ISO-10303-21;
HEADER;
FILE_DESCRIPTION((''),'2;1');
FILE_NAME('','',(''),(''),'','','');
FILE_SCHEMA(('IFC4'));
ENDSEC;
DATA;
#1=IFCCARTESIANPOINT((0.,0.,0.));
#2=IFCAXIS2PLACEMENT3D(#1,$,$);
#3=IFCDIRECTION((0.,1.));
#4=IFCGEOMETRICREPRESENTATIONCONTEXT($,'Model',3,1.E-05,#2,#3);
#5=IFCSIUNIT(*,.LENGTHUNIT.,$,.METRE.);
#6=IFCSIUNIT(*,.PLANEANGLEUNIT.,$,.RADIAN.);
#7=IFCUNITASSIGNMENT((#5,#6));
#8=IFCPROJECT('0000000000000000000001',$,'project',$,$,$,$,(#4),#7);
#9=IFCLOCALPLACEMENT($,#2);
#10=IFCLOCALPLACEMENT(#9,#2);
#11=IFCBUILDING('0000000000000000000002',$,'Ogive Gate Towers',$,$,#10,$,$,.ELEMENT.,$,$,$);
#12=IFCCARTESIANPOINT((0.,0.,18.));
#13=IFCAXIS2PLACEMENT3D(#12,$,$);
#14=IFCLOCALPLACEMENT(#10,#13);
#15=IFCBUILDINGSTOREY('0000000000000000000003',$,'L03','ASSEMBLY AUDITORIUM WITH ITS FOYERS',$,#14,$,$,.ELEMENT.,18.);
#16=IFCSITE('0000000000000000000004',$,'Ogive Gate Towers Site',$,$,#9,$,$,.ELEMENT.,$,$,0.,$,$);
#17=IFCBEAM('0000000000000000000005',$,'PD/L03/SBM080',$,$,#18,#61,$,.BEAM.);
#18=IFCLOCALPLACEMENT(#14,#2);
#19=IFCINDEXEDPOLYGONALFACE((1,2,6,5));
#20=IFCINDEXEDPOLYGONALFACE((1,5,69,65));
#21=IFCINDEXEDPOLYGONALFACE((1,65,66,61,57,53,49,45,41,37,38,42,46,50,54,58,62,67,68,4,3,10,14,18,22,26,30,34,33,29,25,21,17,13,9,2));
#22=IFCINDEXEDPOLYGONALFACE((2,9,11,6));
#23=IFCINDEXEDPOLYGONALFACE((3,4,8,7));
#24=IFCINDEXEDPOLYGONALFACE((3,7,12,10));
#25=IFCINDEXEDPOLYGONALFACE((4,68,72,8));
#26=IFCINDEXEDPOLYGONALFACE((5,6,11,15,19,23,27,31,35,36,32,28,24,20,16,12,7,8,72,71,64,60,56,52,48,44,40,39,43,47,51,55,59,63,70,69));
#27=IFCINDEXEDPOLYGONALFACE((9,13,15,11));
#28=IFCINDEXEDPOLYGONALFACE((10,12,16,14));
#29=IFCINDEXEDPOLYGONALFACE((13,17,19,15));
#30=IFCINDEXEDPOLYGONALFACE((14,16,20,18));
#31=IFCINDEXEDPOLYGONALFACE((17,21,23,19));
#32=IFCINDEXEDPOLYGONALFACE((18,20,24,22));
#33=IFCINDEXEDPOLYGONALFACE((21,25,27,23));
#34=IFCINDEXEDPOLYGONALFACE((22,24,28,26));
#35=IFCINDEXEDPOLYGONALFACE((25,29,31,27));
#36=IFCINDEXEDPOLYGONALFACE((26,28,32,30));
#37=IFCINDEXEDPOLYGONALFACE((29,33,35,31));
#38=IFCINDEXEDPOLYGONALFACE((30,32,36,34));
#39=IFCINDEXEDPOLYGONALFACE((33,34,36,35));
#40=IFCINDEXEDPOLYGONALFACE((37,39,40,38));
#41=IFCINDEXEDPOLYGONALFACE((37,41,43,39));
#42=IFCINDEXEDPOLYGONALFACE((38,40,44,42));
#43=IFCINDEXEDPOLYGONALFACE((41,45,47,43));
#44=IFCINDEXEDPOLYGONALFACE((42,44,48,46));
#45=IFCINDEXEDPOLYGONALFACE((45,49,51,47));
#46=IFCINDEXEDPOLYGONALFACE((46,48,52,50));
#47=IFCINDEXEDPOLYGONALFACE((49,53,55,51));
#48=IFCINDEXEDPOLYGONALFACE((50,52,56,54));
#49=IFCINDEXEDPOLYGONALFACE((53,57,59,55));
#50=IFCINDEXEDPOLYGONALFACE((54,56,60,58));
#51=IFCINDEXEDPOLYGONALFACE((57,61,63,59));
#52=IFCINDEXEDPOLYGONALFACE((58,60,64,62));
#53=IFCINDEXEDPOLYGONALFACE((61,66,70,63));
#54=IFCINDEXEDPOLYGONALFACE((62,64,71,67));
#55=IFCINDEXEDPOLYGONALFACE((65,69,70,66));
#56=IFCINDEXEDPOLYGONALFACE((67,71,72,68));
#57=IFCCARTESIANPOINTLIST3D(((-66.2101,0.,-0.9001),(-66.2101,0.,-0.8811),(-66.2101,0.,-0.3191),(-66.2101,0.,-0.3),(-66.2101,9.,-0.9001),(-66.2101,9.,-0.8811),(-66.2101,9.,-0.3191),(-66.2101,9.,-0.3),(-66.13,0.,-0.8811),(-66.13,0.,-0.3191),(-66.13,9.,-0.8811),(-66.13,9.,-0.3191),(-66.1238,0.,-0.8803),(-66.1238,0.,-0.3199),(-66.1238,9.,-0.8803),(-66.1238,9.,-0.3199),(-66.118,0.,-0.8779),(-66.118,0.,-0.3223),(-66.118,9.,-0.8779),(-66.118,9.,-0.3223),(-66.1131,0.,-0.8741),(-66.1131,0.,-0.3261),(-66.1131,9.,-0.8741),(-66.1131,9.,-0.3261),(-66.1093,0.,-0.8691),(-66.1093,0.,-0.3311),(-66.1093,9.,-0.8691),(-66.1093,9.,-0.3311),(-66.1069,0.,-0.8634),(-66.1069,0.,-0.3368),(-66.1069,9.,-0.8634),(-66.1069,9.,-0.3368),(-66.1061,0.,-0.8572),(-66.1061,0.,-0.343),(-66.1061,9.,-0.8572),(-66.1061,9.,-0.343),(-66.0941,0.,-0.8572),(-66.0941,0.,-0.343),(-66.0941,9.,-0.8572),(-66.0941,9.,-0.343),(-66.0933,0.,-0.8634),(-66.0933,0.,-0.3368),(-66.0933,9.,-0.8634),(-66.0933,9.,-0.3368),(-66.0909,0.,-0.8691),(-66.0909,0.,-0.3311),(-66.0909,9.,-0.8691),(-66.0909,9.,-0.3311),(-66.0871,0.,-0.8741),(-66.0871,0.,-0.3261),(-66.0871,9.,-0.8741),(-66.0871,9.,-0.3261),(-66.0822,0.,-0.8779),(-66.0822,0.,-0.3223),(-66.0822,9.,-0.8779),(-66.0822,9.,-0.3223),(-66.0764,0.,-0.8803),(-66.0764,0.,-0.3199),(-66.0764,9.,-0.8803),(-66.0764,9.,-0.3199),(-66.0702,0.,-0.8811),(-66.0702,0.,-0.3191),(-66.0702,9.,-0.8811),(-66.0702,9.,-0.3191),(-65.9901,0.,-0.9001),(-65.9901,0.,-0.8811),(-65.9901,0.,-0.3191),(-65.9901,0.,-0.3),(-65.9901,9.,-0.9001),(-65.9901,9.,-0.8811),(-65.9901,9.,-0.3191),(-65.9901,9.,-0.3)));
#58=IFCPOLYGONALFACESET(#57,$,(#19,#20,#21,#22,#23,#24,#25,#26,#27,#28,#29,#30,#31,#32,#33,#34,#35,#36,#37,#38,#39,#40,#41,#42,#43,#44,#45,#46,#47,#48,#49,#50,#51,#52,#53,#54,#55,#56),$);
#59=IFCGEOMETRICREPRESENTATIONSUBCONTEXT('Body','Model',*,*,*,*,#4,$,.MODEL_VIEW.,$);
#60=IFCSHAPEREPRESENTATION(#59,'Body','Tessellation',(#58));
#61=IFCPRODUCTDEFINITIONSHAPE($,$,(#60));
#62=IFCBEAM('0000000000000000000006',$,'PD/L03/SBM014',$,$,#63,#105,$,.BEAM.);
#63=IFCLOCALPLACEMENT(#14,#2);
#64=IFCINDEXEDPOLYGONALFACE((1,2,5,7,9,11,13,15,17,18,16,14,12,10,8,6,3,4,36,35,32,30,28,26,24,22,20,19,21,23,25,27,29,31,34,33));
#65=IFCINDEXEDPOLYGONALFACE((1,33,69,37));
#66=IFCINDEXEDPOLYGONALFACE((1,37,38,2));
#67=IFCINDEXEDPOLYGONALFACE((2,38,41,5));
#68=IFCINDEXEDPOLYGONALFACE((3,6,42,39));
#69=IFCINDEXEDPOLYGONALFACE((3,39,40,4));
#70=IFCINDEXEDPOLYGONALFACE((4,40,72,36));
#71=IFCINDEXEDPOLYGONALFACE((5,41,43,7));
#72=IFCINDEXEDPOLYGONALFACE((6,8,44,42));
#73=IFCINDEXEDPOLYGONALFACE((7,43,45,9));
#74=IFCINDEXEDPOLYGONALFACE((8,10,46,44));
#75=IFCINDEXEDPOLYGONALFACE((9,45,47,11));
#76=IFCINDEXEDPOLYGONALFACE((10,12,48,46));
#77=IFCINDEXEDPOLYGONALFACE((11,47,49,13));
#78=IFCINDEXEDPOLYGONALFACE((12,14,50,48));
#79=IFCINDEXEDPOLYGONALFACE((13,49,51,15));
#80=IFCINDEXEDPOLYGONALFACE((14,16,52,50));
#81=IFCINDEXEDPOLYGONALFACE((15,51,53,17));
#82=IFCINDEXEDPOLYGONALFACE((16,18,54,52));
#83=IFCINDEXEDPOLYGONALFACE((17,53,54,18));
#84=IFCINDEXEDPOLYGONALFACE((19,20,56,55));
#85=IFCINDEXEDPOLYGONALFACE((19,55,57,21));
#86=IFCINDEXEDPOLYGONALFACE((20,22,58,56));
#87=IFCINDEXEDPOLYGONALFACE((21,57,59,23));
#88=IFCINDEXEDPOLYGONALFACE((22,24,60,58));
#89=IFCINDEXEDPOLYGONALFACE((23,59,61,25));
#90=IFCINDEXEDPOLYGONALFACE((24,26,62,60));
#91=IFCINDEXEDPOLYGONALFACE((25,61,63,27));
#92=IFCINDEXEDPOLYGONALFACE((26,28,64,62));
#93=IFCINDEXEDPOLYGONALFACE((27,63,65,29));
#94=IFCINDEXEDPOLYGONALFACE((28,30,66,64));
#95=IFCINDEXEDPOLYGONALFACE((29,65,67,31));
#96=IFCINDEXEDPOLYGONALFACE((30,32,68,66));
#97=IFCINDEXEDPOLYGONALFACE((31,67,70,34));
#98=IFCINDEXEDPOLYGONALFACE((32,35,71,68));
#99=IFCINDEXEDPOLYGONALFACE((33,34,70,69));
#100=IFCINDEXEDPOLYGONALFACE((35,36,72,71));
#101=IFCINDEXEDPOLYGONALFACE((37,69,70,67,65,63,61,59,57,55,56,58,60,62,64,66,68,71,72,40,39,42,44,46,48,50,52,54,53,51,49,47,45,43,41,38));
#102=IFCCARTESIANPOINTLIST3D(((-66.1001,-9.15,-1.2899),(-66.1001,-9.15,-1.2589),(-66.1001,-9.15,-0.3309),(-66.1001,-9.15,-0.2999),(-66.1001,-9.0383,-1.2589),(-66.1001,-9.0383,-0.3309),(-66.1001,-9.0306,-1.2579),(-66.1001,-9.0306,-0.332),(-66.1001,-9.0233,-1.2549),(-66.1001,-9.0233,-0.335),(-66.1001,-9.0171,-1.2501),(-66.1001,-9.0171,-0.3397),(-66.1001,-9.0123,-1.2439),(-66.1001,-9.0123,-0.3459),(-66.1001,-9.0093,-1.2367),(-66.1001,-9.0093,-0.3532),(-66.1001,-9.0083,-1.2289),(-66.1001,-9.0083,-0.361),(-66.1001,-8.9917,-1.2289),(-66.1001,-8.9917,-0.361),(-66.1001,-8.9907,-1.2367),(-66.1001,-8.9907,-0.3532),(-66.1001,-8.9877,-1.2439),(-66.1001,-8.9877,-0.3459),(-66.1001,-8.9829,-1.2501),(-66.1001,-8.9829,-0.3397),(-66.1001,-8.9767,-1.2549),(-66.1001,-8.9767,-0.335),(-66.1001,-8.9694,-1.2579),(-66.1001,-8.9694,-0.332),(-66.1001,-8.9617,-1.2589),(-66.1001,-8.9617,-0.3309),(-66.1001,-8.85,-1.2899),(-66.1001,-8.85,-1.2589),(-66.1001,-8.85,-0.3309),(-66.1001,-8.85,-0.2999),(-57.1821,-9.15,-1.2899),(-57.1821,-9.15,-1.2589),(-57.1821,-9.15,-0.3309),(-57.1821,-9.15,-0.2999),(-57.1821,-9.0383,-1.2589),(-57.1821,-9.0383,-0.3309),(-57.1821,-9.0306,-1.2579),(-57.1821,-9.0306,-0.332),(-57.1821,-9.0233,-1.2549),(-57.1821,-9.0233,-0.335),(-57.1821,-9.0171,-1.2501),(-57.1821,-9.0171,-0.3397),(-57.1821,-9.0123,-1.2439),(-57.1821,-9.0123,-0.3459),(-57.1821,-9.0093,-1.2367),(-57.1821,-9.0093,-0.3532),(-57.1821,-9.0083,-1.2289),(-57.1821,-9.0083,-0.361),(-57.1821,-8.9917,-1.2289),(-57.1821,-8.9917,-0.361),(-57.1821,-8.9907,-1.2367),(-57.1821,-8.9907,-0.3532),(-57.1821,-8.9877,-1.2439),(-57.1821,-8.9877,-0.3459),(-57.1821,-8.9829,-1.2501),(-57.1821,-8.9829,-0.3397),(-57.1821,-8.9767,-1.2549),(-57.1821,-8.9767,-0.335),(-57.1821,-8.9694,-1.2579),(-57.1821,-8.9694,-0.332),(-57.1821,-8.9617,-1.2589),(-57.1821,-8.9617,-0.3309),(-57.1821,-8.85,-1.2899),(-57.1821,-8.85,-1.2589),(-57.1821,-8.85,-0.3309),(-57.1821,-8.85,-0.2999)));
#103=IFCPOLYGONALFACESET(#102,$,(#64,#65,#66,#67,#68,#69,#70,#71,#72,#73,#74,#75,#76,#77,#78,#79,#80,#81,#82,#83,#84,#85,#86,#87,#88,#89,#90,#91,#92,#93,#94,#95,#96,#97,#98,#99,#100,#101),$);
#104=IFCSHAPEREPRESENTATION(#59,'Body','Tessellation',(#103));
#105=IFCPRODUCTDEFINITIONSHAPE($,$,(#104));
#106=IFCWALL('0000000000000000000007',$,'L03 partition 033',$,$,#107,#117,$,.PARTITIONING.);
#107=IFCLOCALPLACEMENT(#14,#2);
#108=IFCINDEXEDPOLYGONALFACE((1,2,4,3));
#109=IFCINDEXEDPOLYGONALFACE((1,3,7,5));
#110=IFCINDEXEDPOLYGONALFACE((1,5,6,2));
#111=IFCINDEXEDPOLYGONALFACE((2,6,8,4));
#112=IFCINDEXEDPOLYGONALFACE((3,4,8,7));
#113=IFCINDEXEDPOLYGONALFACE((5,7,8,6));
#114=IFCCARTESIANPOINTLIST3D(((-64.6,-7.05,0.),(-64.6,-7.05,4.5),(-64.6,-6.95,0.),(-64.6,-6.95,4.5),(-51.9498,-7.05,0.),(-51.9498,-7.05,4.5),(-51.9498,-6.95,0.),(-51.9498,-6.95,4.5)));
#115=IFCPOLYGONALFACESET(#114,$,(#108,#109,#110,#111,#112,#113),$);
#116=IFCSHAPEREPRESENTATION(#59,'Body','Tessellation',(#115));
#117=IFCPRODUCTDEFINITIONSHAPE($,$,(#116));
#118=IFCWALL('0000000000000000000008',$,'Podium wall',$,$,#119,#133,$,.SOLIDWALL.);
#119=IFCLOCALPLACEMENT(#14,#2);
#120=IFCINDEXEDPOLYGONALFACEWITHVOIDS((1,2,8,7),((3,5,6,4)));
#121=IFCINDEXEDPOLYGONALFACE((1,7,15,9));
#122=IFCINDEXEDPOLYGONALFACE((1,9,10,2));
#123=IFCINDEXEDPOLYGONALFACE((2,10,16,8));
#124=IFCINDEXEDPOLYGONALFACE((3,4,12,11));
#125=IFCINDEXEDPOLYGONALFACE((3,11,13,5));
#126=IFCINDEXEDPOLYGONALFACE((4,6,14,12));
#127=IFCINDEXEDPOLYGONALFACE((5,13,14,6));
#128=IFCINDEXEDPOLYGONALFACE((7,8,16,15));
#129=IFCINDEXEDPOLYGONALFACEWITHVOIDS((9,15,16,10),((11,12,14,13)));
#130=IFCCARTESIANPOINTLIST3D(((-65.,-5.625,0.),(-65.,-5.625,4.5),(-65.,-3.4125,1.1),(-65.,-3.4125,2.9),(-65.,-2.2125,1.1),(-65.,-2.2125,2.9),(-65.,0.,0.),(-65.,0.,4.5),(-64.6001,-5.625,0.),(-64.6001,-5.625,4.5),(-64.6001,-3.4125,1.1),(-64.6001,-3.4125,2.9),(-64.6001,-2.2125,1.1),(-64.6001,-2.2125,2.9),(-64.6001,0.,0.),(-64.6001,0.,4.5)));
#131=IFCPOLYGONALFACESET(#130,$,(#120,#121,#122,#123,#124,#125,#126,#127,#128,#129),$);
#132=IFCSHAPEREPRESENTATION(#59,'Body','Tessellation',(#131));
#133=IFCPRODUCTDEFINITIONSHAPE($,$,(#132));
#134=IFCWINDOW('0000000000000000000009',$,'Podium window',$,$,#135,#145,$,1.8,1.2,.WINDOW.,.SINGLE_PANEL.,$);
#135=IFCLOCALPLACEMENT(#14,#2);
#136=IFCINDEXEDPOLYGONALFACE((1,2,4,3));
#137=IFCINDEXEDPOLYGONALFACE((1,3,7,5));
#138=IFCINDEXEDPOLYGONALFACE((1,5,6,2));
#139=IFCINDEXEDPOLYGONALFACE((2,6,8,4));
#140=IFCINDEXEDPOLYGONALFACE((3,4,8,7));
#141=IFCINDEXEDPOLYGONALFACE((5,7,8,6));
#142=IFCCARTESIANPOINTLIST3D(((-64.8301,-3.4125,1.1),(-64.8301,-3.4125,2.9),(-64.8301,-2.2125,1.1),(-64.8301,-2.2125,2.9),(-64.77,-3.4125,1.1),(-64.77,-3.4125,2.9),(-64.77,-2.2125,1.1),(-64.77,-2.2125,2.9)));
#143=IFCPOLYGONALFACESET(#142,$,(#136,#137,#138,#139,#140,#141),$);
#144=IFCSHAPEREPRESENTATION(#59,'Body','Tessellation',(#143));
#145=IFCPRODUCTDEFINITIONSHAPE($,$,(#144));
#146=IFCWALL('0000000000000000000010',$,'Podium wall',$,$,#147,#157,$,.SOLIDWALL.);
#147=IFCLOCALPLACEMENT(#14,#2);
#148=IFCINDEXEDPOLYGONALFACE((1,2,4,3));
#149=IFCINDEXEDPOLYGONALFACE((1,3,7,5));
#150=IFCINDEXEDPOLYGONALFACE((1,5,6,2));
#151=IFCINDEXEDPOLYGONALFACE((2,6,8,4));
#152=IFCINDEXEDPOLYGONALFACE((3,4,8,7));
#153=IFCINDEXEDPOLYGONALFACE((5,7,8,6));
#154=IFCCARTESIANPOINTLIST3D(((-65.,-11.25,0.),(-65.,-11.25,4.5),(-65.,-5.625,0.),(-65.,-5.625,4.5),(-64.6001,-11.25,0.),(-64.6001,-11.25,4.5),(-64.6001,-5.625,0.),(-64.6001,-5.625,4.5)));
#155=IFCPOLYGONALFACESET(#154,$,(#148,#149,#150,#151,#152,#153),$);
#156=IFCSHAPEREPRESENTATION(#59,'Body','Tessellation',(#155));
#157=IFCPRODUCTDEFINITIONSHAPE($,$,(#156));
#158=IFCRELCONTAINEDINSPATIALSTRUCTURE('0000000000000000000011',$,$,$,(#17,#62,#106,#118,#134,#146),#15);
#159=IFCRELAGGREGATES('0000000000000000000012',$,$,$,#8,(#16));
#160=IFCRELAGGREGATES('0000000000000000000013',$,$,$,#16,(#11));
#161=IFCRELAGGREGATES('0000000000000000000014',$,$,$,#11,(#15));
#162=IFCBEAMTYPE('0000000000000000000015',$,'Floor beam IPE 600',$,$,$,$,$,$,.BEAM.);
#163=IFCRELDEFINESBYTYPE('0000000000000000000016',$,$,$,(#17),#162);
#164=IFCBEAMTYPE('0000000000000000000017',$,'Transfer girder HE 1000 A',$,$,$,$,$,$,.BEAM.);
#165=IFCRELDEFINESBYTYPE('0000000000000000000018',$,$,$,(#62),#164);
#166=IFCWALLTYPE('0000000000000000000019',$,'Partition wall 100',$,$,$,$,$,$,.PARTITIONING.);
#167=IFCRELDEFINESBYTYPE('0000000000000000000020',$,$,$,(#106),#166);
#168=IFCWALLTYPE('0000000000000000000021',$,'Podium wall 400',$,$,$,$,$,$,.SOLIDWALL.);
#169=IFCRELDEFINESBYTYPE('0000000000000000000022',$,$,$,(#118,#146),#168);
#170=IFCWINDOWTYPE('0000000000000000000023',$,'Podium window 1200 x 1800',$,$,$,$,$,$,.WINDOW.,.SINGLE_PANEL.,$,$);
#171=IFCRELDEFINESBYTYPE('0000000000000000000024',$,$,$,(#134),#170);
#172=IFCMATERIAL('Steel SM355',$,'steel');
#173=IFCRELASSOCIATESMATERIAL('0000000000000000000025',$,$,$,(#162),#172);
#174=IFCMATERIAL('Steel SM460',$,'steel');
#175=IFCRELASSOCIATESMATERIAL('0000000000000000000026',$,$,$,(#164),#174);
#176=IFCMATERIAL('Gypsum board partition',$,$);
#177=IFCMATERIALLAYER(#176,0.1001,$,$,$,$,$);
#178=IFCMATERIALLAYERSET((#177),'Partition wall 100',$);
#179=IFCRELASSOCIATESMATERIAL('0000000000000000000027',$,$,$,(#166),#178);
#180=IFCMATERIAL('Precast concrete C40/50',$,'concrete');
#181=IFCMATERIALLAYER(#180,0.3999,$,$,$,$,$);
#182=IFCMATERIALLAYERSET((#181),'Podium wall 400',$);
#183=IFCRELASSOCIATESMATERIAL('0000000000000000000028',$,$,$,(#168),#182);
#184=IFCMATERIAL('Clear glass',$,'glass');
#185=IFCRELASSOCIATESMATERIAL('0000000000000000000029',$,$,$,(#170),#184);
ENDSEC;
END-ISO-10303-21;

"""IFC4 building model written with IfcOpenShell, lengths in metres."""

from ifc_helpers import new_model, si_unit, direction, frame, frame_2d, origin, origin_2d, place, context, subcontext, project, spatial, rectangle, i_section, extrude, material, layer, layer_set, material_profile, profile_set, type_object, element, fill, save


model = new_model("IFC4")

# Units and contexts
model_context = context("Model", 3, precision=1e-05, world=origin(), true_north=direction((0.0, 1.0)))
body_context = subcontext(model_context, "Body", "Model", "MODEL_VIEW")
ifc_project = project(units=[si_unit("LENGTHUNIT", "METRE"), si_unit("PLANEANGLEUNIT", "RADIAN")], contexts=[model_context])

# Site, building, storey
site_placement = place(None, origin())
site = spatial("IfcSite", under=ifc_project, at=site_placement, Name="Ogive Gate Towers Site", CompositionType="ELEMENT", RefElevation=0.0)
building_placement = place(site_placement, origin())
building = spatial("IfcBuilding", under=site, at=building_placement, Name="Ogive Gate Towers", CompositionType="ELEMENT")
storey_placement = place(building_placement, frame((0.0, 0.0, 18.0)))
storey = spatial("IfcBuildingStorey", under=building, at=storey_placement, Name="L03", Description="ASSEMBLY AUDITORIUM WITH ITS FOYERS", CompositionType="ELEMENT", Elevation=18.0)

# Beams
ifc_material_1 = material(Name="Steel SM355", Category="steel")
ifc_material_profile_1 = material_profile(ifc_material_1, i_section(OverallWidth=0.22, OverallDepth=0.6001, WebThickness=0.012, FlangeThickness=0.019, FilletRadius=0.0239, at=origin_2d()), Name="IPE 600")
ifc_profile_set_1 = profile_set([ifc_material_profile_1], Name="Steel SM355")
beam_type_1 = type_object("IfcBeamType", Name="Floor beam IPE 600", PredefinedType="BEAM", material=ifc_profile_set_1)
for number, where, z_axis, x_axis, name in (
    (1, (-66.1001, 0.0, -0.6001), (0.0, 1.0, 0.0), (-1.0, 0.0, 0.0), "PD/L03/SBM080"),
):
    element("IfcBeam", number, at=place(storey_placement, frame(where, z_axis=z_axis, x_axis=x_axis)), inside=storey, type_object=beam_type_1, Name=name, PredefinedType="BEAM", context=body_context, shape_type="SweptSolid", body=[
        extrude(i_section(OverallWidth=0.22, OverallDepth=0.6001, WebThickness=0.012, FlangeThickness=0.019, FilletRadius=0.0239, at=origin_2d()), origin(), (0.0, 0.0, 1.0), 9.0),
    ])
ifc_material_2 = material(Name="Steel SM460", Category="steel")
ifc_material_profile_2 = material_profile(ifc_material_2, i_section(OverallWidth=0.3, OverallDepth=0.99, WebThickness=0.0166, FlangeThickness=0.031, FilletRadius=0.03, at=origin_2d()), Name="HE 1000 A")
ifc_profile_set_2 = profile_set([ifc_material_profile_2], Name="Steel SM460")
beam_type_2 = type_object("IfcBeamType", Name="Transfer girder HE 1000 A", PredefinedType="BEAM", material=ifc_profile_set_2)
beam_1_placement = place(storey_placement, frame((-66.1001, -9.0, -0.7949), z_axis=(1.0, 0.0, 0.0), x_axis=(0.0, 1.0, 0.0)))
element("IfcBeam", 2, at=beam_1_placement, inside=storey, type_object=beam_type_2, Name="PD/L03/SBM014", PredefinedType="BEAM", context=body_context, shape_type="SweptSolid", body=[
    extrude(i_section(OverallWidth=0.3, OverallDepth=0.99, WebThickness=0.0166, FlangeThickness=0.031, FilletRadius=0.03, at=origin_2d()), origin(), (0.0, 0.0, 1.0), 8.918),
])

# Wall
ifc_material_3 = material(Name="Gypsum board partition")
ifc_layer_1 = layer(ifc_material_3, 0.1001)
ifc_layer_set_1 = layer_set([ifc_layer_1], Name="Partition wall 100")
wall_type_1 = type_object("IfcWallType", Name="Partition wall 100", PredefinedType="PARTITIONING", material=ifc_layer_set_1)
wall_1_placement = place(storey_placement, frame((-64.6001, -7.0, 0.0), z_axis=(0.0, 0.0, 1.0), x_axis=(1.0, 0.0, 0.0)))
element("IfcWall", 3, at=wall_1_placement, inside=storey, type_object=wall_type_1, Name="L03 partition 033", PredefinedType="PARTITIONING", context=body_context, shape_type="SweptSolid", body=[
    extrude(rectangle(XDim=12.6501, YDim=0.1001, at=frame_2d((6.3252, 0.0))), origin(), (0.0, 0.0, 1.0), 4.5),
])

# Shared definitions
ifc_material_4 = material(Name="Precast concrete C40/50", Category="concrete")
ifc_layer_2 = layer(ifc_material_4, 0.3999)
ifc_layer_set_2 = layer_set([ifc_layer_2], Name="Podium wall 400")
wall_type_2 = type_object("IfcWallType", Name="Podium wall 400", PredefinedType="SOLIDWALL", material=ifc_layer_set_2)

# Wall, opening, window
wall_2_placement = place(storey_placement, frame((-64.8, 0.0, 0.0), z_axis=(0.0, 0.0, 1.0), x_axis=(0.0, -1.0, 0.0)))
wall_2 = element("IfcWall", 4, at=wall_2_placement, inside=storey, type_object=wall_type_2, Name="Podium wall", PredefinedType="SOLIDWALL", context=body_context, shape_type="SweptSolid", body=[
    extrude(rectangle(XDim=5.625, YDim=0.3999, at=frame_2d((2.8125, 0.0))), origin(), (0.0, 0.0, 1.0), 4.5),
])
opening_1_placement = place(wall_2_placement, frame((2.2124, 0.0, 1.1001)))
opening_1 = element("IfcOpeningElement", 5, at=opening_1_placement, cuts=wall_2, PredefinedType="OPENING", context=body_context, shape_type="SweptSolid", body=[
    extrude(rectangle(XDim=1.2, YDim=1.8, at=frame_2d((0.6001, 0.8999))), frame((0.0, 0.21, 0.0), z_axis=(0.0, -1.0, 0.0), x_axis=(1.0, 0.0, 0.0)), (0.0, 0.0, 1.0), 0.4199),
])
ifc_material_5 = material(Name="Clear glass", Category="glass")
window_type = type_object("IfcWindowType", Name="Podium window 1200 x 1800", PartitioningType="SINGLE_PANEL", PredefinedType="WINDOW", material=ifc_material_5)
window_placement = place(opening_1_placement, origin())
window = element("IfcWindow", 6, at=window_placement, inside=storey, type_object=window_type, Name="Podium window", OverallHeight=1.8, OverallWidth=1.2, PartitioningType="SINGLE_PANEL", PredefinedType="WINDOW", context=body_context, shape_type="SweptSolid", body=[
    extrude(rectangle(XDim=1.2, YDim=1.8, at=frame_2d((0.6001, 0.8999))), frame((0.0, 0.03, 0.0), z_axis=(0.0, -1.0, 0.0), x_axis=(1.0, 0.0, 0.0)), (0.0, 0.0, 1.0), 0.0601),
])
fill(opening_1, window)

# Wall
wall_3_placement = place(storey_placement, frame((-64.8, -5.625, 0.0), z_axis=(0.0, 0.0, 1.0), x_axis=(0.0, -1.0, 0.0)))
element("IfcWall", 7, at=wall_3_placement, inside=storey, type_object=wall_type_2, Name="Podium wall", PredefinedType="SOLIDWALL", context=body_context, shape_type="SweptSolid", body=[
    extrude(rectangle(XDim=5.625, YDim=0.3999, at=frame_2d((2.8125, 0.0))), origin(), (0.0, 0.0, 1.0), 4.5),
])

save(model, "model.ifc")
